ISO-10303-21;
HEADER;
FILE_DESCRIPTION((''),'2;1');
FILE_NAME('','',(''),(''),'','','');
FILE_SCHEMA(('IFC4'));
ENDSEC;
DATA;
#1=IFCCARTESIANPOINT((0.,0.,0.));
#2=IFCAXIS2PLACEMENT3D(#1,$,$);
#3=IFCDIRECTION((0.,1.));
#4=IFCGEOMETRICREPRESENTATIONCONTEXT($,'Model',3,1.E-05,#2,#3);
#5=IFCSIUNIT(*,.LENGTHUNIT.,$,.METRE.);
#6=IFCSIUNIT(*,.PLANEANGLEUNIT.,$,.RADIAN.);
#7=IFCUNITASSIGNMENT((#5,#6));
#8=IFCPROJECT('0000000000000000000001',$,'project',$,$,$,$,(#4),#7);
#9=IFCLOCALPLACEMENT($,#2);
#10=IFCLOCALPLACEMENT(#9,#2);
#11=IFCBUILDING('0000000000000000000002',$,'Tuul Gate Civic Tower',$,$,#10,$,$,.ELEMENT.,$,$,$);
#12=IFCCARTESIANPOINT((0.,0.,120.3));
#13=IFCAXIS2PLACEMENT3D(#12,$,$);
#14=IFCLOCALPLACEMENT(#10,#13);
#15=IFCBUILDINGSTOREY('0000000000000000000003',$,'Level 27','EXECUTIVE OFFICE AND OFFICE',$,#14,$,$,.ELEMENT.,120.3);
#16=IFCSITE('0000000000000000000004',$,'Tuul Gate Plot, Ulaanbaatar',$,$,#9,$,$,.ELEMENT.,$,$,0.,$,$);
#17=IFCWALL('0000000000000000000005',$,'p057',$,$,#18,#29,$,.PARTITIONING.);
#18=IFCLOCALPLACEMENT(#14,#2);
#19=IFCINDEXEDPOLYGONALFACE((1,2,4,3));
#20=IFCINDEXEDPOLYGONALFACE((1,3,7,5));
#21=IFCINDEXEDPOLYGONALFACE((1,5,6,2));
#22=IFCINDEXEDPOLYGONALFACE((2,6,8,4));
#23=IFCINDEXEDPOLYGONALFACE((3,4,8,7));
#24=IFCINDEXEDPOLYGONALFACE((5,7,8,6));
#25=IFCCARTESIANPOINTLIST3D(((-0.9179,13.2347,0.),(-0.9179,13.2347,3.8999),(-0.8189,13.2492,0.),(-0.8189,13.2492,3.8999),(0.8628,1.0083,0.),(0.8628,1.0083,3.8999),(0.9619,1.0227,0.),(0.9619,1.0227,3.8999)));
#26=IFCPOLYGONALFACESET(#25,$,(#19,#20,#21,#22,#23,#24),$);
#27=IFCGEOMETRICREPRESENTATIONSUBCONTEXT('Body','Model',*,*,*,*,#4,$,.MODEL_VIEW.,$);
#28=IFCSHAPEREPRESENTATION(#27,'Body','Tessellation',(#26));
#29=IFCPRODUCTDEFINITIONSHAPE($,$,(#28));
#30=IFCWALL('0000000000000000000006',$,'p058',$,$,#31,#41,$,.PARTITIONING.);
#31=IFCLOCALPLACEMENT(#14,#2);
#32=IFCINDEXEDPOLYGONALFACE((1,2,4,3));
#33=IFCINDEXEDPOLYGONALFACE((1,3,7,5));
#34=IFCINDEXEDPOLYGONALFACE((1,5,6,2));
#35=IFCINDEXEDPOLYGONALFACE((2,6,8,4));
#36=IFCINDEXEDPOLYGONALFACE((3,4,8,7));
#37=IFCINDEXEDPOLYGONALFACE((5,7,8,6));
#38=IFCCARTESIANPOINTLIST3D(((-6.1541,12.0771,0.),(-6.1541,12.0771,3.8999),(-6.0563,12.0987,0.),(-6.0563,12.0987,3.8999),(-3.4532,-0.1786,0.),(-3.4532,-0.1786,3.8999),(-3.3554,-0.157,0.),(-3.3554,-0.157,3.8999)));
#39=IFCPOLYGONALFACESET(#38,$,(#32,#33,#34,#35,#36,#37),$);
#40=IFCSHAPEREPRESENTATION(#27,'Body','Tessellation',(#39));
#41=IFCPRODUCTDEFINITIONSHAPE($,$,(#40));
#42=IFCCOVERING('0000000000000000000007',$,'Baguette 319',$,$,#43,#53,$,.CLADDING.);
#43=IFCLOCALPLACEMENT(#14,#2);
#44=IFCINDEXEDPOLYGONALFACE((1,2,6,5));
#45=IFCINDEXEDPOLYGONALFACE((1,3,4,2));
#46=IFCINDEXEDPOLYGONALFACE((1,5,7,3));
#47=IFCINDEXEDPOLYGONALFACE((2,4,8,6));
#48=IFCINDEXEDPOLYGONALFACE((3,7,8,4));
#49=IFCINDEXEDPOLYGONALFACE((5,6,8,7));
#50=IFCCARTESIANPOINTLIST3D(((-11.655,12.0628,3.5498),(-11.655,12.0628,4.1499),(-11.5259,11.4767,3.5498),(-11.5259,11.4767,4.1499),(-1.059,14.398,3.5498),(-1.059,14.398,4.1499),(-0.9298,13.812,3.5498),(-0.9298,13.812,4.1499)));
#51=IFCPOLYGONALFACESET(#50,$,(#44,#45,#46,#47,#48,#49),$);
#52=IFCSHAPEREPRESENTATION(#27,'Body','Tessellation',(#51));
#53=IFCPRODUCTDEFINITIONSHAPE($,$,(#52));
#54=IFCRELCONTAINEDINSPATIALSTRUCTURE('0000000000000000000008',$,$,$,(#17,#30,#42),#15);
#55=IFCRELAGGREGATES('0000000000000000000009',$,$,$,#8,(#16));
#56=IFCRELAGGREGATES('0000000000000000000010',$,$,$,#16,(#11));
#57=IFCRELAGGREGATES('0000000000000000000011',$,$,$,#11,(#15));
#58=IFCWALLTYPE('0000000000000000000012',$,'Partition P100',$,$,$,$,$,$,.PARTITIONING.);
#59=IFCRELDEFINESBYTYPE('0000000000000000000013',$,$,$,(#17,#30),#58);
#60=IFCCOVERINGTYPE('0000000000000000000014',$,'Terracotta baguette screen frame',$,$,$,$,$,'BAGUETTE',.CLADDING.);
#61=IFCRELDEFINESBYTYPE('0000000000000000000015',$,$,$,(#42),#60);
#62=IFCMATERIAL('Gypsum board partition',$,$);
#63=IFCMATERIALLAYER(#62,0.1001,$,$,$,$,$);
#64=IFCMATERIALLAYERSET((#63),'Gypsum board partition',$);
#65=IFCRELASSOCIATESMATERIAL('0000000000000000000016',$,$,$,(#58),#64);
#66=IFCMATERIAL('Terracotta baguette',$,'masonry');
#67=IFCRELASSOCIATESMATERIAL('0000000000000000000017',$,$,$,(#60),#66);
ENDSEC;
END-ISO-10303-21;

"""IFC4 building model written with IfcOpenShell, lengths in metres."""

from ifc_helpers import new_model, si_unit, direction, frame, frame_2d, origin, origin_2d, place, context, subcontext, project, spatial, rectangle, extrude, material, layer, layer_set, material_profile, profile_set, type_object, element, save


model = new_model("IFC4")

# Units and contexts
model_context = context("Model", 3, precision=1e-05, world=origin(), true_north=direction((0.0, 1.0)))
body_context = subcontext(model_context, "Body", "Model", "MODEL_VIEW")
ifc_project = project(units=[si_unit("LENGTHUNIT", "METRE"), si_unit("PLANEANGLEUNIT", "RADIAN")], contexts=[model_context])

# Site, building, storey
site_placement = place(None, origin())
site = spatial("IfcSite", under=ifc_project, at=site_placement, Name="Tuul Gate Plot, Ulaanbaatar", CompositionType="ELEMENT", RefElevation=0.0)
building_placement = place(site_placement, origin())
building = spatial("IfcBuilding", under=site, at=building_placement, Name="Tuul Gate Civic Tower", CompositionType="ELEMENT")
storey_placement = place(building_placement, frame((0.0, 0.0, 120.3)))
storey = spatial("IfcBuildingStorey", under=building, at=storey_placement, Name="Level 27", Description="EXECUTIVE OFFICE AND OFFICE", CompositionType="ELEMENT", Elevation=120.3)

# Walls
ifc_material_1 = material(Name="Gypsum board partition")
ifc_layer_1 = layer(ifc_material_1, 0.1001)
ifc_layer_set_1 = layer_set([ifc_layer_1], Name="Gypsum board partition")
wall_type_1 = type_object("IfcWallType", Name="Partition P100", PredefinedType="PARTITIONING", material=ifc_layer_set_1)
wall_1_placement = place(storey_placement, frame((-0.8684, 13.2419, 0.0), z_axis=(0.0, 0.0, 1.0), x_axis=(0.144126, -0.989559, 0.0)))
element("IfcWall", 1, at=wall_1_placement, inside=storey, type_object=wall_type_1, Name="p057", PredefinedType="PARTITIONING", context=body_context, shape_type="SweptSolid", body=[
    extrude(rectangle(XDim=12.3555, YDim=0.1001, at=frame_2d((6.1777, 0.0))), origin(), (0.0, 0.0, 1.0), 3.8999),
])
wall_2_placement = place(storey_placement, frame((-6.1052, 12.0879, 0.0), z_axis=(0.0, 0.0, 1.0), x_axis=(0.215218, -0.976566, 0.0)))
element("IfcWall", 2, at=wall_2_placement, inside=storey, type_object=wall_type_1, Name="p058", PredefinedType="PARTITIONING", context=body_context, shape_type="SweptSolid", body=[
    extrude(rectangle(XDim=12.5498, YDim=0.1001, at=frame_2d((6.2749, 0.0))), origin(), (0.0, 0.0, 1.0), 3.8999),
])

# Covering
ifc_material_2 = material(Name="Terracotta baguette", Category="masonry")
ifc_material_profile_1 = material_profile(ifc_material_2, rectangle(XDim=0.6001, YDim=0.6001, at=origin_2d()), Name="Terracotta baguette screen frame")
ifc_profile_set_1 = profile_set([ifc_material_profile_1], Name="Terracotta baguette")
covering_type = type_object("IfcCoveringType", Name="Terracotta baguette screen frame", ElementType="BAGUETTE", PredefinedType="CLADDING", material=ifc_profile_set_1)
covering_placement = place(storey_placement, frame((-0.9944, 14.105, 3.8499), z_axis=(-0.976565, -0.215222, 0.0), x_axis=(0.215222, -0.976565, 0.0)))
element("IfcCovering", 3, at=covering_placement, inside=storey, type_object=covering_type, Name="Baguette 319", PredefinedType="CLADDING", context=body_context, shape_type="SweptSolid", body=[
    extrude(rectangle(XDim=0.6001, YDim=0.6001, at=origin_2d()), origin(), (0.0, 0.0, 1.0), 10.8503),
])

save(model, "model.ifc")
